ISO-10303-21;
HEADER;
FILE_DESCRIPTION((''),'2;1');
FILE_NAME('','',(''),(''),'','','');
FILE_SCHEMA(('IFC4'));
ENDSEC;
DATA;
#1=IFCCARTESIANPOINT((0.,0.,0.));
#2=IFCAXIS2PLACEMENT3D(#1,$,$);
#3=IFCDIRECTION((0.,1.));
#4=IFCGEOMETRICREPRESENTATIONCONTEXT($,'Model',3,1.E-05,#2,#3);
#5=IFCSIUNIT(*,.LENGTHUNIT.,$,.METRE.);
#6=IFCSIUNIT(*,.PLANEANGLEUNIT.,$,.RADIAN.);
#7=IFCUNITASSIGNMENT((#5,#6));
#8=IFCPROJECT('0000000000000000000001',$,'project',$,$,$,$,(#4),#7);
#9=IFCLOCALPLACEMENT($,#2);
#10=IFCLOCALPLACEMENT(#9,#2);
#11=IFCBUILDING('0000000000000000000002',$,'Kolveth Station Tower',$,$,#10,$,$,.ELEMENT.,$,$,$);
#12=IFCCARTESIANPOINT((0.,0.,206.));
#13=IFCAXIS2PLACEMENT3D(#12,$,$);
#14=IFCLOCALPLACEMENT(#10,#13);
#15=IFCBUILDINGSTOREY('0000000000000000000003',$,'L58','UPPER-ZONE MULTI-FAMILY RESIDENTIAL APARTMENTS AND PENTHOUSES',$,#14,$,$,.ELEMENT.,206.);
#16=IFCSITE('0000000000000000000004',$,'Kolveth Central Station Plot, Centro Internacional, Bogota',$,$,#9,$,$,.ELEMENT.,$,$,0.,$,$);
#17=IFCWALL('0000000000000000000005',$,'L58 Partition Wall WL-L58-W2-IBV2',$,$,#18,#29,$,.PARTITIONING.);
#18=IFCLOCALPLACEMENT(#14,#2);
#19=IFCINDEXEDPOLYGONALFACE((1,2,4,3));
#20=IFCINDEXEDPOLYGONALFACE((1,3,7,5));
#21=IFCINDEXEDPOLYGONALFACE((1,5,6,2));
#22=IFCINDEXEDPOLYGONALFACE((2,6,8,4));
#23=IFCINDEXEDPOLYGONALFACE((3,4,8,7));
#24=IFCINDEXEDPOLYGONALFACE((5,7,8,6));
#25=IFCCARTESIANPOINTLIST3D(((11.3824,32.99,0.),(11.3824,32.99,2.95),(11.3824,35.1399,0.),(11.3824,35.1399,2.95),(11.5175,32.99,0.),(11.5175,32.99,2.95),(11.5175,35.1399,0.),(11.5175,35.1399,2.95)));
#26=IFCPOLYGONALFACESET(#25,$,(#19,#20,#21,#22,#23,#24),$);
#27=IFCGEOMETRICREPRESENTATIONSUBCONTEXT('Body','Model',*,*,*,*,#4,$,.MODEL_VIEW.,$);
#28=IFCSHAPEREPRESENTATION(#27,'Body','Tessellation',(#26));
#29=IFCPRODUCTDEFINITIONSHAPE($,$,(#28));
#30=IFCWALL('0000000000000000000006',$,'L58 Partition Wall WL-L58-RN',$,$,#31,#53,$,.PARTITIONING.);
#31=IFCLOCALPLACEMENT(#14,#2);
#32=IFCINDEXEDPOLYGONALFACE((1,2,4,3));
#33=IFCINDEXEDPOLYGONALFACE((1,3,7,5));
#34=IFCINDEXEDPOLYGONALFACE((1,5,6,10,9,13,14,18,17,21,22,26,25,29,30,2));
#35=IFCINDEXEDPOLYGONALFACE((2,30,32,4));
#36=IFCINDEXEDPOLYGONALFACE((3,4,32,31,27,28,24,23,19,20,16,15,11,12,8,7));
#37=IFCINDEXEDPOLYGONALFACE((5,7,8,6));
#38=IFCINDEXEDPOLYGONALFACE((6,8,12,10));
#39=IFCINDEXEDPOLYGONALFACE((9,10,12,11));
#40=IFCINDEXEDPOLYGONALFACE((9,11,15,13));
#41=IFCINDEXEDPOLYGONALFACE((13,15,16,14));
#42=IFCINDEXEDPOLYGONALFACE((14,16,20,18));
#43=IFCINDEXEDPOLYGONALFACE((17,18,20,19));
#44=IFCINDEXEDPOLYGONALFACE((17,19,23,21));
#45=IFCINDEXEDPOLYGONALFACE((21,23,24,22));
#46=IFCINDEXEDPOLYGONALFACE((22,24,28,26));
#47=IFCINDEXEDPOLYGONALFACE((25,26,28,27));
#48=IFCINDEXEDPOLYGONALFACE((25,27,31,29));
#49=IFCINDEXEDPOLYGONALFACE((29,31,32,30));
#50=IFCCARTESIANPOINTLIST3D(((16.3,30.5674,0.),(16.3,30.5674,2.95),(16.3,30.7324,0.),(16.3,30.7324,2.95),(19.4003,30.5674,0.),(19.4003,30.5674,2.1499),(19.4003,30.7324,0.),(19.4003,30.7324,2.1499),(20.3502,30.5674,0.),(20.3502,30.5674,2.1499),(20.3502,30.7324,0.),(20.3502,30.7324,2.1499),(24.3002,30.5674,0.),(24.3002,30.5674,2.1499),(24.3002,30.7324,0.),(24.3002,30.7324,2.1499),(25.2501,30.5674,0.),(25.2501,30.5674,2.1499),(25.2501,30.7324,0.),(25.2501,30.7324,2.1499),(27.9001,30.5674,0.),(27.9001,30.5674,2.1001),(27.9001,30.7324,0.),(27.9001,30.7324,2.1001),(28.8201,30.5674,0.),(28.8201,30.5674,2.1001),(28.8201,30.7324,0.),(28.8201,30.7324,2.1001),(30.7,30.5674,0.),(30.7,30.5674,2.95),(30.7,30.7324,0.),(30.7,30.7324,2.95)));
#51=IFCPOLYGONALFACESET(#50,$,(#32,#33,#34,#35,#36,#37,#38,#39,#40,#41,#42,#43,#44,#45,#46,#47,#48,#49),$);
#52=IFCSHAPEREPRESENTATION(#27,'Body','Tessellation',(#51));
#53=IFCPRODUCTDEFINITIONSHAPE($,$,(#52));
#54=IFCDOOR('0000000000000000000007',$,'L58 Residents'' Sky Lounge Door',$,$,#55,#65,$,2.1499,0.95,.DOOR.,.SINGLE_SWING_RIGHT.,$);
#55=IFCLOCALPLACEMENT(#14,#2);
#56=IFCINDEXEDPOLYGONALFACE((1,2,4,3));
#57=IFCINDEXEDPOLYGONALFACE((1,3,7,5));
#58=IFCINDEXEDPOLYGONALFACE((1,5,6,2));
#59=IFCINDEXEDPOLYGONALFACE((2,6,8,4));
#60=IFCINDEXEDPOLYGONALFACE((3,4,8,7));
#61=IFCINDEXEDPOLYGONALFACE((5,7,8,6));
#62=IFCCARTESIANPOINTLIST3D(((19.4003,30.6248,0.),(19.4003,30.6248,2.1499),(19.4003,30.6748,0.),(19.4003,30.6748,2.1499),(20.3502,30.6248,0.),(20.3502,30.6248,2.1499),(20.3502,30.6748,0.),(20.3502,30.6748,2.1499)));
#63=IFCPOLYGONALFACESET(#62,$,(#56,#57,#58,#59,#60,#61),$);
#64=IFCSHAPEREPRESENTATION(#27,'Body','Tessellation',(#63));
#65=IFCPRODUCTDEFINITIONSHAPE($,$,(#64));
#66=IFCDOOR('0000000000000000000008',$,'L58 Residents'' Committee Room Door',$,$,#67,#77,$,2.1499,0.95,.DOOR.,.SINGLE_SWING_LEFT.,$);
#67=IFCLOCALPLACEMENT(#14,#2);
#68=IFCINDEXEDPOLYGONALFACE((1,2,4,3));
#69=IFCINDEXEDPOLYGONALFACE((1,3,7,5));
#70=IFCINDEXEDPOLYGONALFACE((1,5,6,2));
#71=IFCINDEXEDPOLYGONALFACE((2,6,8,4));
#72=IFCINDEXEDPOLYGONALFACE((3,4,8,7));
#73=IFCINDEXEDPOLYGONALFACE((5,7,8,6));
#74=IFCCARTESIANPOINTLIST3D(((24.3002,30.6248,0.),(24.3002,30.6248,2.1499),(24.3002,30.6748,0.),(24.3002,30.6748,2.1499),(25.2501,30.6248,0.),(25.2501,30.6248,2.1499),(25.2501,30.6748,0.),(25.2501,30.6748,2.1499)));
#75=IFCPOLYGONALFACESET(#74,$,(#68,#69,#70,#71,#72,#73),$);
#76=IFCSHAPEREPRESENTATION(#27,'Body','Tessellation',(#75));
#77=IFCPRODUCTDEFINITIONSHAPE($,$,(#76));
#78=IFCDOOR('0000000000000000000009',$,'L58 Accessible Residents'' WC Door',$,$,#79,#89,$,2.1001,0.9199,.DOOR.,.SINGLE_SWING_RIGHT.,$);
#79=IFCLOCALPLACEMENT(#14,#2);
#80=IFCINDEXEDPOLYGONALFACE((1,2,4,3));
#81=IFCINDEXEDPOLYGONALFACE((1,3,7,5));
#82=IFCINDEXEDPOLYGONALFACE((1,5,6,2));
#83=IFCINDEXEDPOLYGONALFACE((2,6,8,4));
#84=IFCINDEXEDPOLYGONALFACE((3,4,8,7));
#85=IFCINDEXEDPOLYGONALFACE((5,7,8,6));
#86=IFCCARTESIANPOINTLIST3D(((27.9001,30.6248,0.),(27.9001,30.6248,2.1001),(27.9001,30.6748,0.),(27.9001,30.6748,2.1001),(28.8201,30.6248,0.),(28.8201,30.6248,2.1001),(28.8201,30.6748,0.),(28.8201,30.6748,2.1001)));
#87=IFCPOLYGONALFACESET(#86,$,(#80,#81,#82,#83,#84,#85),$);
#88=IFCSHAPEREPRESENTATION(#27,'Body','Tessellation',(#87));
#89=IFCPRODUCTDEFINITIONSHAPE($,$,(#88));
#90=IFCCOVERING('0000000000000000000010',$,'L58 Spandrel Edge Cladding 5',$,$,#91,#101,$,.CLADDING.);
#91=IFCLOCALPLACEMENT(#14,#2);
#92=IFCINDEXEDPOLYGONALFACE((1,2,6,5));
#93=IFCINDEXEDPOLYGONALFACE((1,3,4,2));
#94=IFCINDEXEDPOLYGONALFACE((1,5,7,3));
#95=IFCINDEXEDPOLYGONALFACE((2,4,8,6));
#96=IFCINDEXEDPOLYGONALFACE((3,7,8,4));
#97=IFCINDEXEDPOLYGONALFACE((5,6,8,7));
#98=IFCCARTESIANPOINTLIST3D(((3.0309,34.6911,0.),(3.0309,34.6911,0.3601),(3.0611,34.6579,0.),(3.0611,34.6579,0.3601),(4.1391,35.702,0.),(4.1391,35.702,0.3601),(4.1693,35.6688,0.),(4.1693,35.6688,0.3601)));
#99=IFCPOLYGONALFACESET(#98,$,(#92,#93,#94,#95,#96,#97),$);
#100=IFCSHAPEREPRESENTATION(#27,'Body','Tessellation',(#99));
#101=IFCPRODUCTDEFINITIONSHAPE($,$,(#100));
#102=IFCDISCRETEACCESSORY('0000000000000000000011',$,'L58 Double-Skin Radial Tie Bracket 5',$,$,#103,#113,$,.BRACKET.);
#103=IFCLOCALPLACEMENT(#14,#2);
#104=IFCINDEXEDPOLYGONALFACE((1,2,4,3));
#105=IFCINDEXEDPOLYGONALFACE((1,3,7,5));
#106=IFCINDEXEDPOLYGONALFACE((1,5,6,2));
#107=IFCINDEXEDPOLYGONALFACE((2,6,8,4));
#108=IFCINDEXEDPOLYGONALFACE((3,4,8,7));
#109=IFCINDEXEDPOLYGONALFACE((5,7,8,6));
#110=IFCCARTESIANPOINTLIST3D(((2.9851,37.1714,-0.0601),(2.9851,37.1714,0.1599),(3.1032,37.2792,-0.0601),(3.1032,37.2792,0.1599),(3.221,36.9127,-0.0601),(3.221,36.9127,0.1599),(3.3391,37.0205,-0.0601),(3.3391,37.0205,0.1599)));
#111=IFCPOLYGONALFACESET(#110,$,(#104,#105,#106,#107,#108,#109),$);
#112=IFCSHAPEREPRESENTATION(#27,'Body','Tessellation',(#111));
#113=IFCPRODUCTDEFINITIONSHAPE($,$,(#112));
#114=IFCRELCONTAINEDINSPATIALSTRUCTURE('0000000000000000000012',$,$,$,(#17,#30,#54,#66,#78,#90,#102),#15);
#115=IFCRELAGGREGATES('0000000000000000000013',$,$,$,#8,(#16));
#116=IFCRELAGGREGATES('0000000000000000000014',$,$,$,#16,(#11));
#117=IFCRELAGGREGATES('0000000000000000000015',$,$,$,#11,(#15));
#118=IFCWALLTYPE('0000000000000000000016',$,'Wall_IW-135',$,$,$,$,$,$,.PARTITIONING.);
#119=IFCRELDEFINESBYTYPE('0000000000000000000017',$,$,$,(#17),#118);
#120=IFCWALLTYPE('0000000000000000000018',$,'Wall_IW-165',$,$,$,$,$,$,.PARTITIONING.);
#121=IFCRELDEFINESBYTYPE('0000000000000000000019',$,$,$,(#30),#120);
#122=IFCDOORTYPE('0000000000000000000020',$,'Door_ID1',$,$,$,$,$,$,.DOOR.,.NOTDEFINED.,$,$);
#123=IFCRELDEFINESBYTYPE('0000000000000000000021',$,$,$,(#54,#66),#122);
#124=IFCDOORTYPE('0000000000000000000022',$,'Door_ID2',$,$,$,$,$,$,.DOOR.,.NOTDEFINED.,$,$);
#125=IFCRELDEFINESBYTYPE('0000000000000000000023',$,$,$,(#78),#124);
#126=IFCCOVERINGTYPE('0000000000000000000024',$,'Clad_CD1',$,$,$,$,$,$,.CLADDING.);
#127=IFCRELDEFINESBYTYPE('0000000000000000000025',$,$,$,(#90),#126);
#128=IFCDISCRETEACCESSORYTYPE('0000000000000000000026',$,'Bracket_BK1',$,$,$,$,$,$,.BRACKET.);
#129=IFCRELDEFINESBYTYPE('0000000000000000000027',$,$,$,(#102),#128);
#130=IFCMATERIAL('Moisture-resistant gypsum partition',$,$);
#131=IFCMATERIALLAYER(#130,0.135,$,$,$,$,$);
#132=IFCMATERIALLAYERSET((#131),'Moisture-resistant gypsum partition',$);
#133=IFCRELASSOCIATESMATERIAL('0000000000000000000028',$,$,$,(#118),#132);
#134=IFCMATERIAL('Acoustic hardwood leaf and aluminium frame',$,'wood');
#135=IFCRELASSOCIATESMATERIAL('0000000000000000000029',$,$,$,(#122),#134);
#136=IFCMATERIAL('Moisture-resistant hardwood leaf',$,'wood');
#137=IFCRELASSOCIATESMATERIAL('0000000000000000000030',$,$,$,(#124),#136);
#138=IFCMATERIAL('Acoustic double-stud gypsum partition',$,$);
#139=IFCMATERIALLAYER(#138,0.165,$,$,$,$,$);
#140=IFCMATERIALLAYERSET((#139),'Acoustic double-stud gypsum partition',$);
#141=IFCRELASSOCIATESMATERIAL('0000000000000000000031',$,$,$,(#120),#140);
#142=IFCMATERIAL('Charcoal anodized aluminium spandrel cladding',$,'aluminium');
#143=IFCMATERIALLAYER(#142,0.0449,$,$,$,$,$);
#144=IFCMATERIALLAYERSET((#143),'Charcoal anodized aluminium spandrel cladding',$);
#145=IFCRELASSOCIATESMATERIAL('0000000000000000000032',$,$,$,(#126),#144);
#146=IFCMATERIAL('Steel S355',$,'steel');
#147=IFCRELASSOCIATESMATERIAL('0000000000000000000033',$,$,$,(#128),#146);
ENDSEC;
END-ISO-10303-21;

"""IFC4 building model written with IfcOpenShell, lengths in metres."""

from ifc_helpers import new_model, si_unit, direction, frame, frame_2d, origin, origin_2d, place, context, subcontext, project, spatial, rectangle, extrude, source, transform, mapped, material, layer, layer_set, type_object, element, fill, save


model = new_model("IFC4")

# Units and contexts
model_context = context("Model", 3, precision=1e-05, world=origin(), true_north=direction((0.0, 1.0)))
body_context = subcontext(model_context, "Body", "Model", "MODEL_VIEW")
ifc_project = project(units=[si_unit("LENGTHUNIT", "METRE"), si_unit("PLANEANGLEUNIT", "RADIAN")], contexts=[model_context])

# Site, building, storey
site_placement = place(None, origin())
site = spatial("IfcSite", under=ifc_project, at=site_placement, Name="Kolveth Central Station Plot, Centro Internacional, Bogota", CompositionType="ELEMENT", RefElevation=0.0)
building_placement = place(site_placement, origin())
building = spatial("IfcBuilding", under=site, at=building_placement, Name="Kolveth Station Tower", CompositionType="ELEMENT")
storey_placement = place(building_placement, frame((0.0, 0.0, 206.0)))
storey = spatial("IfcBuildingStorey", under=building, at=storey_placement, Name="L58", Description="UPPER-ZONE MULTI-FAMILY RESIDENTIAL APARTMENTS AND PENTHOUSES", CompositionType="ELEMENT", Elevation=206.0)

# Shared definitions
ifc_material_1 = material(Name="Steel S355", Category="steel")

# Shared definitions
ifc_material_2 = material(Name="Moisture-resistant gypsum partition")
ifc_layer_1 = layer(ifc_material_2, 0.135)
ifc_layer_set_1 = layer_set([ifc_layer_1], Name="Moisture-resistant gypsum partition")
wall_type_1 = type_object("IfcWallType", Name="Wall_IW-135", PredefinedType="PARTITIONING", material=ifc_layer_set_1)
ifc_material_3 = material(Name="Acoustic hardwood leaf and aluminium frame", Category="wood")
door_type_1 = type_object("IfcDoorType", Name="Door_ID1", OperationType="NOTDEFINED", PredefinedType="DOOR", material=ifc_material_3)
ifc_material_4 = material(Name="Moisture-resistant hardwood leaf", Category="wood")
door_type_2 = type_object("IfcDoorType", Name="Door_ID2", OperationType="NOTDEFINED", PredefinedType="DOOR", material=ifc_material_4)

# Wall
for number, where, z_axis, x_axis, name in (
    (1, (11.45, 32.99, 0.0), (0.0, 0.0, 1.0), (0.0, 1.0, 0.0), "L58 Partition Wall WL-L58-W2-IBV2"),
):
    element("IfcWall", number, at=place(storey_placement, frame(where, z_axis=z_axis, x_axis=x_axis)), inside=storey, type_object=wall_type_1, Name=name, PredefinedType="PARTITIONING", context=body_context, shape_type="SweptSolid", body=[
        extrude(rectangle(XDim=2.1499, YDim=0.135, at=frame_2d((1.075, 0.0))), origin(), (0.0, 0.0, 1.0), 2.95),
    ])

# Wall, openings, doors
ifc_material_5 = material(Name="Acoustic double-stud gypsum partition")
ifc_layer_2 = layer(ifc_material_5, 0.165)
ifc_layer_set_2 = layer_set([ifc_layer_2], Name="Acoustic double-stud gypsum partition")
wall_type_2 = type_object("IfcWallType", Name="Wall_IW-165", PredefinedType="PARTITIONING", material=ifc_layer_set_2)
wall_1_placement = place(storey_placement, frame((16.3, 30.6499, 0.0), z_axis=(0.0, 0.0, 1.0), x_axis=(1.0, 0.0, 0.0)))
wall_1 = element("IfcWall", 2, at=wall_1_placement, inside=storey, type_object=wall_type_2, Name="L58 Partition Wall WL-L58-RN", PredefinedType="PARTITIONING", context=body_context, shape_type="SweptSolid", body=[
    extrude(rectangle(XDim=14.3999, YDim=0.165, at=frame_2d((7.2, 0.0))), origin(), (0.0, 0.0, 1.0), 2.95),
])
opening_1_placement = place(wall_1_placement, frame((3.1001, 0.0, 0.0)))
opening_1 = element("IfcOpeningElement", 3, at=opening_1_placement, cuts=wall_1, PredefinedType="OPENING", context=body_context, shape_type="SweptSolid", body=[
    extrude(rectangle(XDim=0.95, YDim=2.1499, at=frame_2d((0.4751, 1.075))), frame((0.0, 0.0925, 0.0), z_axis=(0.0, -1.0, 0.0), x_axis=(1.0, 0.0, 0.0)), (0.0, 0.0, 1.0), 0.1851),
])
opening_2_placement = place(wall_1_placement, frame((8.0, 0.0, 0.0)))
opening_2 = element("IfcOpeningElement", 4, at=opening_2_placement, cuts=wall_1, PredefinedType="OPENING", context=body_context, shape_type="SweptSolid", body=[
    extrude(rectangle(XDim=0.95, YDim=2.1499, at=frame_2d((0.4751, 1.075))), frame((0.0, 0.0925, 0.0), z_axis=(0.0, -1.0, 0.0), x_axis=(1.0, 0.0, 0.0)), (0.0, 0.0, 1.0), 0.1851),
])
opening_3_placement = place(wall_1_placement, frame((11.6001, 0.0, 0.0)))
opening_3 = element("IfcOpeningElement", 5, at=opening_3_placement, cuts=wall_1, PredefinedType="OPENING", context=body_context, shape_type="SweptSolid", body=[
    extrude(rectangle(XDim=0.9199, YDim=2.1001, at=frame_2d((0.46, 1.05))), frame((0.0, 0.0925, 0.0), z_axis=(0.0, -1.0, 0.0), x_axis=(1.0, 0.0, 0.0)), (0.0, 0.0, 1.0), 0.1851),
])
door_1_placement = place(opening_1_placement, origin())
door_1 = element("IfcDoor", 6, at=door_1_placement, inside=storey, type_object=door_type_1, Name="L58 Residents' Sky Lounge Door", OperationType="SINGLE_SWING_RIGHT", OverallHeight=2.1499, OverallWidth=0.95, PredefinedType="DOOR", context=body_context, shape_type="SweptSolid", body=[
    extrude(rectangle(XDim=0.95, YDim=2.1499, at=frame_2d((0.4751, 1.075))), frame((0.0, 0.0249, 0.0), z_axis=(0.0, -1.0, 0.0), x_axis=(1.0, 0.0, 0.0)), (0.0, 0.0, 1.0), 0.05),
])
fill(opening_1, door_1)
door_2_placement = place(opening_2_placement, origin())
door_2 = element("IfcDoor", 7, at=door_2_placement, inside=storey, type_object=door_type_1, Name="L58 Residents' Committee Room Door", OperationType="SINGLE_SWING_LEFT", OverallHeight=2.1499, OverallWidth=0.95, PredefinedType="DOOR", context=body_context, shape_type="SweptSolid", body=[
    extrude(rectangle(XDim=0.95, YDim=2.1499, at=frame_2d((0.4751, 1.075))), frame((0.0, 0.0249, 0.0), z_axis=(0.0, -1.0, 0.0), x_axis=(1.0, 0.0, 0.0)), (0.0, 0.0, 1.0), 0.05),
])
fill(opening_2, door_2)
door_3_placement = place(opening_3_placement, origin())
door_3 = element("IfcDoor", 8, at=door_3_placement, inside=storey, type_object=door_type_2, Name="L58 Accessible Residents' WC Door", OperationType="SINGLE_SWING_RIGHT", OverallHeight=2.1001, OverallWidth=0.9199, PredefinedType="DOOR", context=body_context, shape_type="SweptSolid", body=[
    extrude(rectangle(XDim=0.9199, YDim=2.1001, at=frame_2d((0.46, 1.05))), frame((0.0, 0.0249, 0.0), z_axis=(0.0, -1.0, 0.0), x_axis=(1.0, 0.0, 0.0)), (0.0, 0.0, 1.0), 0.05),
])
fill(opening_3, door_3)

# Covering
ifc_material_6 = material(Name="Charcoal anodized aluminium spandrel cladding", Category="aluminium")
ifc_layer_3 = layer(ifc_material_6, 0.0449)
ifc_layer_set_3 = layer_set([ifc_layer_3], Name="Charcoal anodized aluminium spandrel cladding")
covering_type = type_object("IfcCoveringType", Name="Clad_CD1", PredefinedType="CLADDING", material=ifc_layer_set_3)
shared_shape_1 = source(origin(), body_context, "Body", "SweptSolid", [
    extrude(rectangle(XDim=1.5, YDim=0.0449, at=origin_2d()), origin(), (0.0, 0.0, 1.0), 0.3601),
])
covering_placement = place(storey_placement, frame((3.6001, 35.1799, 0.0), z_axis=(0.0, 0.0, 1.0), x_axis=(-0.738808, -0.673916, 0.0)))
element("IfcCovering", 9, at=covering_placement, inside=storey, type_object=covering_type, Name="L58 Spandrel Edge Cladding 5", PredefinedType="CLADDING", context=body_context, shape_type="MappedRepresentation", body=[
    mapped(shared_shape_1, transform((0.0, 0.0, 0.0), x_axis=(1.0, 0.0, 0.0), y_axis=(0.0, 1.0, 0.0), z_axis=(0.0, 0.0, 1.0), scale=1.0)),
])

# Discrete accessory
discrete_accessory_type = type_object("IfcDiscreteAccessoryType", Name="Bracket_BK1", PredefinedType="BRACKET", material=ifc_material_1)
shared_shape_2 = source(origin(), body_context, "Body", "SweptSolid", [
    extrude(rectangle(XDim=0.3501, YDim=0.1599, at=origin_2d()), origin(), (0.0, 0.0, 1.0), 0.22),
])
discrete_accessory_placement = place(storey_placement, frame((3.1621, 37.0959, -0.0601), z_axis=(0.0, 0.0, 1.0), x_axis=(-0.673916, 0.738808, 0.0)))
element("IfcDiscreteAccessory", 10, at=discrete_accessory_placement, inside=storey, type_object=discrete_accessory_type, Name="L58 Double-Skin Radial Tie Bracket 5", PredefinedType="BRACKET", context=body_context, shape_type="MappedRepresentation", body=[
    mapped(shared_shape_2, transform((0.0, 0.0, 0.0), x_axis=(1.0, 0.0, 0.0), y_axis=(0.0, 1.0, 0.0), z_axis=(0.0, 0.0, 1.0), scale=1.0)),
])

save(model, "model.ifc")
